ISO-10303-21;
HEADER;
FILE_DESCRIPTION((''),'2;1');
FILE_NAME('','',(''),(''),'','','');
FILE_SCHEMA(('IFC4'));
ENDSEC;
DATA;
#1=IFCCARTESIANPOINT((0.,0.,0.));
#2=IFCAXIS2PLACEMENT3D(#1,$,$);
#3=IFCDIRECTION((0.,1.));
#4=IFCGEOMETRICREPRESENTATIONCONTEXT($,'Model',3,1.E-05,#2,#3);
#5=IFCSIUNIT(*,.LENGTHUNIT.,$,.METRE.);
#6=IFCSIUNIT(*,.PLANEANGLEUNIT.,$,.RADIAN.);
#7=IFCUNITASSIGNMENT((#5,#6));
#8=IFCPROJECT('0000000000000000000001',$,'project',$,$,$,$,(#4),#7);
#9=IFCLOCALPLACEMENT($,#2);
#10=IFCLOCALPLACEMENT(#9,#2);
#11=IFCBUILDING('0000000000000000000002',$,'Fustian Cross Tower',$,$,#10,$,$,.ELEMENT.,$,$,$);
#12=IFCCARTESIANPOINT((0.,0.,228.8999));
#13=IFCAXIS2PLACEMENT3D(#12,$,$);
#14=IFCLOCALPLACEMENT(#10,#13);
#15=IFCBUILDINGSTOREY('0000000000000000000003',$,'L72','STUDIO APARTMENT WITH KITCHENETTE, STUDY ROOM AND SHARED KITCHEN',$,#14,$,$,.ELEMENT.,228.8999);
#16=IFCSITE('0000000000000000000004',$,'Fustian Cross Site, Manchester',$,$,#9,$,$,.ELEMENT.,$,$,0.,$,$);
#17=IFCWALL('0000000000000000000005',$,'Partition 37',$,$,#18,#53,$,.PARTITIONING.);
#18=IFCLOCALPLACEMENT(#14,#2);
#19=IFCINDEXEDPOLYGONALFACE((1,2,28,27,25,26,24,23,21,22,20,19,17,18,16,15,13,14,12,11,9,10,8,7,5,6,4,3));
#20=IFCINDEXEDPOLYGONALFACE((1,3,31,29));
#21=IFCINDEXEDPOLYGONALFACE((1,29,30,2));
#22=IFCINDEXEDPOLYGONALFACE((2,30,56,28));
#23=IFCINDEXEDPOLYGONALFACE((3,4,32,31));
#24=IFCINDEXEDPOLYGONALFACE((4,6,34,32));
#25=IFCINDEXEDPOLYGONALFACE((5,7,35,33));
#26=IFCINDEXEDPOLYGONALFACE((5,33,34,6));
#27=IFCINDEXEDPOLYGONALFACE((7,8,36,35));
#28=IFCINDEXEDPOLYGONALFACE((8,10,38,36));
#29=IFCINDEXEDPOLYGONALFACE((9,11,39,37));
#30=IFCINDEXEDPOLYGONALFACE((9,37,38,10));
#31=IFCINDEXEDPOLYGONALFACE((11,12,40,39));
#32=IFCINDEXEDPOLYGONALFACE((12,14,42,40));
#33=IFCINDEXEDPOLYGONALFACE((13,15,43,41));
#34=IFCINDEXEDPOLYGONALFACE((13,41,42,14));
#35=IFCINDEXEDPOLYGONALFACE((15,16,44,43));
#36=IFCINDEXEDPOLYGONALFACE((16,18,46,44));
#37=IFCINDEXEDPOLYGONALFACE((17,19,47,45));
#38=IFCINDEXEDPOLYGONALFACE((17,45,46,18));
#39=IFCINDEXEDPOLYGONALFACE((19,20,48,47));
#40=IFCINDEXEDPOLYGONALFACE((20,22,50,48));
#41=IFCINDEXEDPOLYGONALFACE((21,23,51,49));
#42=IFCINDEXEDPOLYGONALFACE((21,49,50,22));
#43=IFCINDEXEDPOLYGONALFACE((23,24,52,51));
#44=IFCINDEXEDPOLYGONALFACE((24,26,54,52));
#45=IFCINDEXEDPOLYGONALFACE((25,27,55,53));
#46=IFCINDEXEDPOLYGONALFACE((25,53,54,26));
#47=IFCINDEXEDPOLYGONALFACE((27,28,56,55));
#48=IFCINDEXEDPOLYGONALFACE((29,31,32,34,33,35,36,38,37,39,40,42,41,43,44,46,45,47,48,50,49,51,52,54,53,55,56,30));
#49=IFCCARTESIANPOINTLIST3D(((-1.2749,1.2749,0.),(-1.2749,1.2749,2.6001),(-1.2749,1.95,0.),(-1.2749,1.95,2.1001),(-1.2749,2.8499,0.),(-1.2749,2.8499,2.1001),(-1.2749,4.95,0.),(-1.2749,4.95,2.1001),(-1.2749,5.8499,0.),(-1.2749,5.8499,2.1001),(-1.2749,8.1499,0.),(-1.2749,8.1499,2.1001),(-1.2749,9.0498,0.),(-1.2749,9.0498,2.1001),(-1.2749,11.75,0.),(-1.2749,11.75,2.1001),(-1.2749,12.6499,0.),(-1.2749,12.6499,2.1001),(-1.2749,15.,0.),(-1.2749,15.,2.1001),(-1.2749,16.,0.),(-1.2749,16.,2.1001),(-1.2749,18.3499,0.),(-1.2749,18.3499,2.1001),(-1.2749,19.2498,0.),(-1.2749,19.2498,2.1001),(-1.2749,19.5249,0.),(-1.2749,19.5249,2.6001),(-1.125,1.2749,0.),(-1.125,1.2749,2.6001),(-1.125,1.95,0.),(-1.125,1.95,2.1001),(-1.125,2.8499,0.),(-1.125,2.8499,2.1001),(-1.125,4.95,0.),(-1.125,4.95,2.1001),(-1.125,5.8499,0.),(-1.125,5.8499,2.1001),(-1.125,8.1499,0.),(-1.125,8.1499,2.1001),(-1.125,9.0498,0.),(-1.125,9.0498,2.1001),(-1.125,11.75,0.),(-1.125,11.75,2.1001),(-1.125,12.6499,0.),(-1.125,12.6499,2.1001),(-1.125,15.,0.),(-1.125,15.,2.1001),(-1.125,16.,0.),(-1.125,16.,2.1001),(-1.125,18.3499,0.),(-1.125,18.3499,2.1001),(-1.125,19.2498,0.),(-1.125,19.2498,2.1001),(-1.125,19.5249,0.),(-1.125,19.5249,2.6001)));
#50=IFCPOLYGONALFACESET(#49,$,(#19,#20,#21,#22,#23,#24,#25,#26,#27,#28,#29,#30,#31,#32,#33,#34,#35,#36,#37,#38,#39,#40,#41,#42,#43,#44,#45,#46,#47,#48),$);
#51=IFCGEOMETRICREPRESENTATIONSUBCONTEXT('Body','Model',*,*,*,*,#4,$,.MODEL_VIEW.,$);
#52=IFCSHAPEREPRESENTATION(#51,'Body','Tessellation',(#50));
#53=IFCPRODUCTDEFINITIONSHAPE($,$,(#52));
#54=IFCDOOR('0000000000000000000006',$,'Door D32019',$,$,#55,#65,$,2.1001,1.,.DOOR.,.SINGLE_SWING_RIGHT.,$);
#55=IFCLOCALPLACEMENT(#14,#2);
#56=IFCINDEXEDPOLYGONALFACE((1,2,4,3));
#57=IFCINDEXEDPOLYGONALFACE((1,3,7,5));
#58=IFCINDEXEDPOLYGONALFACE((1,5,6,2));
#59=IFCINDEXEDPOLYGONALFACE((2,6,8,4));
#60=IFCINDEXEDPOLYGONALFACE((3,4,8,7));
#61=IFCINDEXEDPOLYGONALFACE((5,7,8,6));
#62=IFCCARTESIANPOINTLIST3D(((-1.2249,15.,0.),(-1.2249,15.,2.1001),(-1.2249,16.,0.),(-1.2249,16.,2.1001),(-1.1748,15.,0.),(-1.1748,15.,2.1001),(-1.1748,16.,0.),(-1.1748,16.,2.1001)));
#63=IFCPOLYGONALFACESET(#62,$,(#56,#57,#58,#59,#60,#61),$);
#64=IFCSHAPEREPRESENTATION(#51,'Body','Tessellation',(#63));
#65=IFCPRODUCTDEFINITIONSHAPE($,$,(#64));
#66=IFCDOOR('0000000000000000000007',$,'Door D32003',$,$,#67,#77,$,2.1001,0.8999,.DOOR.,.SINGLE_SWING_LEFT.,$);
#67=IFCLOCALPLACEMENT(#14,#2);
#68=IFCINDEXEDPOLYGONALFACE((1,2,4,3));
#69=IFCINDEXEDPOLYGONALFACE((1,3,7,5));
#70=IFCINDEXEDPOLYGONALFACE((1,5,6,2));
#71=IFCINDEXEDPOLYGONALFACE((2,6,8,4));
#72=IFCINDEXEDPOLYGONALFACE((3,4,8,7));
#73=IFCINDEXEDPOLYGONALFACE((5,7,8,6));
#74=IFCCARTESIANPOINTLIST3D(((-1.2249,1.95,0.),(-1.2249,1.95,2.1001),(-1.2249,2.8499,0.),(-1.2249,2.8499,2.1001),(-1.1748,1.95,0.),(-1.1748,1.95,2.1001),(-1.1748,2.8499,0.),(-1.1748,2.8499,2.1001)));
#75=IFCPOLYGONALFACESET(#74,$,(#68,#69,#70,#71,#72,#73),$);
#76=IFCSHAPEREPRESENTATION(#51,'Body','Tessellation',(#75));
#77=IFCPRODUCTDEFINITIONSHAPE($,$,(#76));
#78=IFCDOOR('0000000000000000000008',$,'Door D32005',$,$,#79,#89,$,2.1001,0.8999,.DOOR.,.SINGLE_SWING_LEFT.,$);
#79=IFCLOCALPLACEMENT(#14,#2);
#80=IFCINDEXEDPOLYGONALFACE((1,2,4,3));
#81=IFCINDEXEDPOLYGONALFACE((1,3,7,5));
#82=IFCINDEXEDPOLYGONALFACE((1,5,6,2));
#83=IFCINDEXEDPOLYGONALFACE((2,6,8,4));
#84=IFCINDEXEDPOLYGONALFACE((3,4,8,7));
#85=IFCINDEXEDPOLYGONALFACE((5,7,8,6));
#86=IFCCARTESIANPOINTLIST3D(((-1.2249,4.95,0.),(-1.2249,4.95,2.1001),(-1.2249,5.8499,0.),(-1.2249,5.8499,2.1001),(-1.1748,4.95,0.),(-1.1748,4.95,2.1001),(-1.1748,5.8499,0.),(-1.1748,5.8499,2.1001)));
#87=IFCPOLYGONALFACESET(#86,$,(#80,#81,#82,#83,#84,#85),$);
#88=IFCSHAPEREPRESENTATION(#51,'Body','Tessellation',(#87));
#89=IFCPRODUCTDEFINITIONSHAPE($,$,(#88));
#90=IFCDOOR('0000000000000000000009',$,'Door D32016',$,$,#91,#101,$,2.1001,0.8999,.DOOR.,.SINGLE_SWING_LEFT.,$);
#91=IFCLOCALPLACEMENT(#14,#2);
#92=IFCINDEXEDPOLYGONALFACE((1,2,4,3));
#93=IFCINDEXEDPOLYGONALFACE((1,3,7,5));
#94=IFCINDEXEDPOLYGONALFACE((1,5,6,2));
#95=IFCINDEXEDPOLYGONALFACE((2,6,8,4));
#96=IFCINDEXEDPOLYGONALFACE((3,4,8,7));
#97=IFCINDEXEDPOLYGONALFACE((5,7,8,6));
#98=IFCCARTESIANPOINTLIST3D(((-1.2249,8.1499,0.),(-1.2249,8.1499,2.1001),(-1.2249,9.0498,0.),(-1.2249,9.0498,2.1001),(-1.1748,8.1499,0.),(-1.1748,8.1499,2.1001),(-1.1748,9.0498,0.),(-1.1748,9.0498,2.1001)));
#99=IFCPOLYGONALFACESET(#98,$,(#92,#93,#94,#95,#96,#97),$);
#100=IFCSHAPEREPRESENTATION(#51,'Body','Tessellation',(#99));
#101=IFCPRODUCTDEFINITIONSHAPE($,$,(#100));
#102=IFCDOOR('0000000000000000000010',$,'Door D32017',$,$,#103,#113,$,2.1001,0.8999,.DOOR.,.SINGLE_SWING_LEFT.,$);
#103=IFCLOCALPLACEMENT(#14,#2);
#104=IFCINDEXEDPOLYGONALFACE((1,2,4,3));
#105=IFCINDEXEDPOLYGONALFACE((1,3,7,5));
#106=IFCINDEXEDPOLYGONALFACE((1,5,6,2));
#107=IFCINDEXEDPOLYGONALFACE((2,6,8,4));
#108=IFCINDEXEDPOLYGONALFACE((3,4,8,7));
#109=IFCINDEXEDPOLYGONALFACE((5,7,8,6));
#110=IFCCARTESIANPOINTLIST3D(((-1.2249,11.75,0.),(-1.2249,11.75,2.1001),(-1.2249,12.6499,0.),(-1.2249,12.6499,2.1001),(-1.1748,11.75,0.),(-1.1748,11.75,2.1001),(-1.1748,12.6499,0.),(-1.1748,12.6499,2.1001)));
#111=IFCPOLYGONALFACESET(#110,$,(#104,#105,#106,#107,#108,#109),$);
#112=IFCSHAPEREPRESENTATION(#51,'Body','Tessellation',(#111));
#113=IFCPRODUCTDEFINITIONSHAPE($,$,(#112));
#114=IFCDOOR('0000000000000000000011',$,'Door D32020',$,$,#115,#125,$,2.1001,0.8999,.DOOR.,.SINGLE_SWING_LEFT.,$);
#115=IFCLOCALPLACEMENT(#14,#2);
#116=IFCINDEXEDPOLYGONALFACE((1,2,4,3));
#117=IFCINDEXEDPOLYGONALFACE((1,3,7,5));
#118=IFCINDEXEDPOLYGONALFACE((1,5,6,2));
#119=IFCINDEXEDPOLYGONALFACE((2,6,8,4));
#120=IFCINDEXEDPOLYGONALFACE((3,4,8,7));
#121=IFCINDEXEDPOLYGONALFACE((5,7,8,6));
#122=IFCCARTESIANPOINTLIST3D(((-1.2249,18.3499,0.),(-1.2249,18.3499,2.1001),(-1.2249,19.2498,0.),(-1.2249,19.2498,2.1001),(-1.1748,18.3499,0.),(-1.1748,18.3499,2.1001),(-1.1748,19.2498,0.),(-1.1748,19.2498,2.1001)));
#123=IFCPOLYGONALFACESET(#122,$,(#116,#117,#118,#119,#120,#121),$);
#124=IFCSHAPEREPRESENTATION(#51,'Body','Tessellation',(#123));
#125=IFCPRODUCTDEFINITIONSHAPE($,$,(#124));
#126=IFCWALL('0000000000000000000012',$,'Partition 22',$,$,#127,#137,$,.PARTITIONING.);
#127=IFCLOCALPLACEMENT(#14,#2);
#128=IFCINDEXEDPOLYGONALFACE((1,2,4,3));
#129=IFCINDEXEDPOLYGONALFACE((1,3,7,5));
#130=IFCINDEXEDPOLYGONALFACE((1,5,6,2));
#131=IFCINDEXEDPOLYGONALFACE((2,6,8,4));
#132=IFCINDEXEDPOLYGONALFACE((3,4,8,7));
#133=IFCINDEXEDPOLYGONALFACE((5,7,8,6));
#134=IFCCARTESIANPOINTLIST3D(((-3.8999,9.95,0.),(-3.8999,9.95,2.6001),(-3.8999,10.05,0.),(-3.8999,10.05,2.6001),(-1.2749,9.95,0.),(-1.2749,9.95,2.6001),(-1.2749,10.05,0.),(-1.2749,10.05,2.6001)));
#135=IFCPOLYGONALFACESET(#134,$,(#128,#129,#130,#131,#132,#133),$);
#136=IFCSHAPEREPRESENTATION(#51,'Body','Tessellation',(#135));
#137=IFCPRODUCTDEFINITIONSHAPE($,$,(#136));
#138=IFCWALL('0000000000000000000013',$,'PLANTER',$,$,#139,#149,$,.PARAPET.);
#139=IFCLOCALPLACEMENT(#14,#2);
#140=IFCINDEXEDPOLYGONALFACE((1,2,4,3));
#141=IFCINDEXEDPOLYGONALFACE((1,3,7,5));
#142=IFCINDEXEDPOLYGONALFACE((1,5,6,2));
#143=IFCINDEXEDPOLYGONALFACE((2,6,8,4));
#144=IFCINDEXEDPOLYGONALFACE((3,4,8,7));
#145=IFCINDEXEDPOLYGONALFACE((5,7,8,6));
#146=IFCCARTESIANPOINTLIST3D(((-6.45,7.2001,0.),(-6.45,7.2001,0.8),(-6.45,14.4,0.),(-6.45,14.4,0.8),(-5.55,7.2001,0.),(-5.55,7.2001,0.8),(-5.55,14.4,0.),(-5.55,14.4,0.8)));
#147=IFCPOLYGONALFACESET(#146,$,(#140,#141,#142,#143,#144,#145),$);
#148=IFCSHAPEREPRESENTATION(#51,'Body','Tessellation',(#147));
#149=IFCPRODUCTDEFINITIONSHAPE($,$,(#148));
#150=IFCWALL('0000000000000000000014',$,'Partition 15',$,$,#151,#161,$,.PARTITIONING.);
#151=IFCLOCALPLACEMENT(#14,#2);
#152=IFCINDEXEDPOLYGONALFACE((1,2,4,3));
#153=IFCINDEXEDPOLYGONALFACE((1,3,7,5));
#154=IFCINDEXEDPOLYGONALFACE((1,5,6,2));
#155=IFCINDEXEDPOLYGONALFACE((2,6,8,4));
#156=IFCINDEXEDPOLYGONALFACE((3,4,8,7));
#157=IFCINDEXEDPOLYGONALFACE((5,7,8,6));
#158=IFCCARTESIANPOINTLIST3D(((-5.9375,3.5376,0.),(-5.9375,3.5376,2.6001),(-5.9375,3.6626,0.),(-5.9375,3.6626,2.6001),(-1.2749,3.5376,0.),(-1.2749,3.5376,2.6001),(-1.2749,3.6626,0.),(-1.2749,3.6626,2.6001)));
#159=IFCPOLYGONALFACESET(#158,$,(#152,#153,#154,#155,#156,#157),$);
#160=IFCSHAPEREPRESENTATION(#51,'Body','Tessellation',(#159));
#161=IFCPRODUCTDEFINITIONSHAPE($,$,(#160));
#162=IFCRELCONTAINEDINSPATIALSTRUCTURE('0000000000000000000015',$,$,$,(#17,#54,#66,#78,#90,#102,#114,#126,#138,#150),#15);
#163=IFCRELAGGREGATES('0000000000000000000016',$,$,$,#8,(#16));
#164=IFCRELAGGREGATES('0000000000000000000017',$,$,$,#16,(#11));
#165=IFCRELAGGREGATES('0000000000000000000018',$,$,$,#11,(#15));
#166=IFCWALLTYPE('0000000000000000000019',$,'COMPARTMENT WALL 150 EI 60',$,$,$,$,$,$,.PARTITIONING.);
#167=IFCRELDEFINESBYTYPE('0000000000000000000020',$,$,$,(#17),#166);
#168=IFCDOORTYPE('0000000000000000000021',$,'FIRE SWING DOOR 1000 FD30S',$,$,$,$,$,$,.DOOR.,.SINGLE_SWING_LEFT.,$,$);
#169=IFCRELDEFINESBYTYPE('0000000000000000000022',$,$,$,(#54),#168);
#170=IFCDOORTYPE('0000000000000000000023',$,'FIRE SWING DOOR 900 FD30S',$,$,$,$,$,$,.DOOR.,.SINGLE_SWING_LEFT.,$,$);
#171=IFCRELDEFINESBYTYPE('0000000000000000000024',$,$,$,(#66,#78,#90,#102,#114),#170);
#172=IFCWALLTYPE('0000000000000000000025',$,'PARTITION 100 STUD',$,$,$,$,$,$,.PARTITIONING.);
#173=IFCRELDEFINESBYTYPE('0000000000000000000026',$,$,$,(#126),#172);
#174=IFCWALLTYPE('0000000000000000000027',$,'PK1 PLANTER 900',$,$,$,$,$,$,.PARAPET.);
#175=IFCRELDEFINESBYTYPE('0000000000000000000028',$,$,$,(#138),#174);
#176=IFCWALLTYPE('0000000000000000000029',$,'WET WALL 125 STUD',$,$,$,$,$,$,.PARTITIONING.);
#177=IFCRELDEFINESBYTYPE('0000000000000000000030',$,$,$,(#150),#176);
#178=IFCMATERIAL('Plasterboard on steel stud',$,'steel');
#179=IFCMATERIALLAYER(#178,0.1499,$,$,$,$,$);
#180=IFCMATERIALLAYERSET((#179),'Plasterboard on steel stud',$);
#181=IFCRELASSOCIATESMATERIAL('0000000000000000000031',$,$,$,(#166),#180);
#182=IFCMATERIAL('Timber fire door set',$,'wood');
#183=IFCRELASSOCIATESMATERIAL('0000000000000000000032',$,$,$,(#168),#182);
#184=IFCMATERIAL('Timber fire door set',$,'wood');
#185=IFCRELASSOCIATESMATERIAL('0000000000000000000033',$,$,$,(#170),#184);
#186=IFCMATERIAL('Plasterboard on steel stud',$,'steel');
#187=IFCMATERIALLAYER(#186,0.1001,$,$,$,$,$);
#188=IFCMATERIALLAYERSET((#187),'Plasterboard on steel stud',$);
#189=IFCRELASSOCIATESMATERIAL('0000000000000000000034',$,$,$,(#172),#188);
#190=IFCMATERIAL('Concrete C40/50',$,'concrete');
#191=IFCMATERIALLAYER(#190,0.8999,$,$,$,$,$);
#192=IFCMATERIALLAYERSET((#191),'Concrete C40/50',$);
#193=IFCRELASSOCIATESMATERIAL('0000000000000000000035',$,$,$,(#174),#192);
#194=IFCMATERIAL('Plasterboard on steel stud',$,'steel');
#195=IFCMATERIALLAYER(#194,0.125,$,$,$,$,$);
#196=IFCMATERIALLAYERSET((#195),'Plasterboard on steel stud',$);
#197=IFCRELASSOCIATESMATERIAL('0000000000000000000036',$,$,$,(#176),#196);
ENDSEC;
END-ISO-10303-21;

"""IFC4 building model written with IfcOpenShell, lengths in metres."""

from ifc_helpers import new_model, si_unit, direction, frame, frame_2d, origin, place, context, subcontext, project, spatial, rectangle, extrude, material, layer, layer_set, type_object, element, fill, save


model = new_model("IFC4")

# Units and contexts
model_context = context("Model", 3, precision=1e-05, world=origin(), true_north=direction((0.0, 1.0)))
body_context = subcontext(model_context, "Body", "Model", "MODEL_VIEW")
ifc_project = project(units=[si_unit("LENGTHUNIT", "METRE"), si_unit("PLANEANGLEUNIT", "RADIAN")], contexts=[model_context])

# Site, building, storey
site_placement = place(None, origin())
site = spatial("IfcSite", under=ifc_project, at=site_placement, Name="Fustian Cross Site, Manchester", CompositionType="ELEMENT", RefElevation=0.0)
building_placement = place(site_placement, origin())
building = spatial("IfcBuilding", under=site, at=building_placement, Name="Fustian Cross Tower", CompositionType="ELEMENT")
storey_placement = place(building_placement, frame((0.0, 0.0, 228.8999)))
storey = spatial("IfcBuildingStorey", under=building, at=storey_placement, Name="L72", Description="STUDIO APARTMENT WITH KITCHENETTE, STUDY ROOM AND SHARED KITCHEN", CompositionType="ELEMENT", Elevation=228.8999)

# Wall, openings, doors
ifc_material_1 = material(Name="Plasterboard on steel stud", Category="steel")
ifc_layer_1 = layer(ifc_material_1, 0.1499)
ifc_layer_set_1 = layer_set([ifc_layer_1], Name="Plasterboard on steel stud")
wall_type_1 = type_object("IfcWallType", Name="COMPARTMENT WALL 150 EI 60", PredefinedType="PARTITIONING", material=ifc_layer_set_1)
wall_1_placement = place(storey_placement, frame((-1.2, 1.2749, 0.0), z_axis=(0.0, 0.0, 1.0), x_axis=(0.0, 1.0, 0.0)))
wall_1 = element("IfcWall", 1, at=wall_1_placement, inside=storey, type_object=wall_type_1, Name="Partition 37", PredefinedType="PARTITIONING", context=body_context, shape_type="SweptSolid", body=[
    extrude(rectangle(XDim=18.25, YDim=0.1499, at=frame_2d((9.125, 0.0))), origin(), (0.0, 0.0, 1.0), 2.6001),
])
opening_1_placement = place(wall_1_placement, frame((0.675, 0.0, 0.0)))
opening_1 = element("IfcOpeningElement", 2, at=opening_1_placement, cuts=wall_1, PredefinedType="OPENING", context=body_context, shape_type="SweptSolid", body=[
    extrude(rectangle(XDim=0.8999, YDim=2.1001, at=frame_2d((0.45, 1.05))), frame((0.0, 0.085, 0.0), z_axis=(0.0, -1.0, 0.0), x_axis=(1.0, 0.0, 0.0)), (0.0, 0.0, 1.0), 0.1699),
])
opening_2_placement = place(wall_1_placement, frame((3.675, 0.0, 0.0)))
opening_2 = element("IfcOpeningElement", 3, at=opening_2_placement, cuts=wall_1, PredefinedType="OPENING", context=body_context, shape_type="SweptSolid", body=[
    extrude(rectangle(XDim=0.8999, YDim=2.1001, at=frame_2d((0.45, 1.05))), frame((0.0, 0.085, 0.0), z_axis=(0.0, -1.0, 0.0), x_axis=(1.0, 0.0, 0.0)), (0.0, 0.0, 1.0), 0.1699),
])
opening_3_placement = place(wall_1_placement, frame((6.875, 0.0, 0.0)))
opening_3 = element("IfcOpeningElement", 4, at=opening_3_placement, cuts=wall_1, PredefinedType="OPENING", context=body_context, shape_type="SweptSolid", body=[
    extrude(rectangle(XDim=0.8999, YDim=2.1001, at=frame_2d((0.45, 1.05))), frame((0.0, 0.085, 0.0), z_axis=(0.0, -1.0, 0.0), x_axis=(1.0, 0.0, 0.0)), (0.0, 0.0, 1.0), 0.1699),
])
opening_4_placement = place(wall_1_placement, frame((10.4751, 0.0, 0.0)))
opening_4 = element("IfcOpeningElement", 5, at=opening_4_placement, cuts=wall_1, PredefinedType="OPENING", context=body_context, shape_type="SweptSolid", body=[
    extrude(rectangle(XDim=0.8999, YDim=2.1001, at=frame_2d((0.45, 1.05))), frame((0.0, 0.085, 0.0), z_axis=(0.0, -1.0, 0.0), x_axis=(1.0, 0.0, 0.0)), (0.0, 0.0, 1.0), 0.1699),
])
opening_5_placement = place(wall_1_placement, frame((13.7251, 0.0, 0.0)))
opening_5 = element("IfcOpeningElement", 6, at=opening_5_placement, cuts=wall_1, PredefinedType="OPENING", context=body_context, shape_type="SweptSolid", body=[
    extrude(rectangle(XDim=1.0, YDim=2.1001, at=frame_2d((0.5, 1.05))), frame((0.0, 0.085, 0.0), z_axis=(0.0, -1.0, 0.0), x_axis=(1.0, 0.0, 0.0)), (0.0, 0.0, 1.0), 0.1699),
])
opening_6_placement = place(wall_1_placement, frame((17.075, 0.0, 0.0)))
opening_6 = element("IfcOpeningElement", 7, at=opening_6_placement, cuts=wall_1, PredefinedType="OPENING", context=body_context, shape_type="SweptSolid", body=[
    extrude(rectangle(XDim=0.8999, YDim=2.1001, at=frame_2d((0.45, 1.05))), frame((0.0, 0.085, 0.0), z_axis=(0.0, -1.0, 0.0), x_axis=(1.0, 0.0, 0.0)), (0.0, 0.0, 1.0), 0.1699),
])
ifc_material_2 = material(Name="Timber fire door set", Category="wood")
door_type_1 = type_object("IfcDoorType", Name="FIRE SWING DOOR 1000 FD30S", OperationType="SINGLE_SWING_LEFT", PredefinedType="DOOR", material=ifc_material_2)
door_1_placement = place(opening_5_placement, origin())
door_1 = element("IfcDoor", 8, at=door_1_placement, inside=storey, type_object=door_type_1, Name="Door D32019", OperationType="SINGLE_SWING_RIGHT", OverallHeight=2.1001, OverallWidth=1.0, PredefinedType="DOOR", context=body_context, shape_type="SweptSolid", body=[
    extrude(rectangle(XDim=1.0, YDim=2.1001, at=frame_2d((0.5, 1.05))), frame((0.0, 0.0249, 0.0), z_axis=(0.0, -1.0, 0.0), x_axis=(1.0, 0.0, 0.0)), (0.0, 0.0, 1.0), 0.05),
])
fill(opening_5, door_1)
ifc_material_3 = material(Name="Timber fire door set", Category="wood")
door_type_2 = type_object("IfcDoorType", Name="FIRE SWING DOOR 900 FD30S", OperationType="SINGLE_SWING_LEFT", PredefinedType="DOOR", material=ifc_material_3)
door_2_placement = place(opening_1_placement, origin())
door_2 = element("IfcDoor", 9, at=door_2_placement, inside=storey, type_object=door_type_2, Name="Door D32003", OperationType="SINGLE_SWING_LEFT", OverallHeight=2.1001, OverallWidth=0.8999, PredefinedType="DOOR", context=body_context, shape_type="SweptSolid", body=[
    extrude(rectangle(XDim=0.8999, YDim=2.1001, at=frame_2d((0.45, 1.05))), frame((0.0, 0.0249, 0.0), z_axis=(0.0, -1.0, 0.0), x_axis=(1.0, 0.0, 0.0)), (0.0, 0.0, 1.0), 0.05),
])
fill(opening_1, door_2)
door_3_placement = place(opening_2_placement, origin())
door_3 = element("IfcDoor", 10, at=door_3_placement, inside=storey, type_object=door_type_2, Name="Door D32005", OperationType="SINGLE_SWING_LEFT", OverallHeight=2.1001, OverallWidth=0.8999, PredefinedType="DOOR", context=body_context, shape_type="SweptSolid", body=[
    extrude(rectangle(XDim=0.8999, YDim=2.1001, at=frame_2d((0.45, 1.05))), frame((0.0, 0.0249, 0.0), z_axis=(0.0, -1.0, 0.0), x_axis=(1.0, 0.0, 0.0)), (0.0, 0.0, 1.0), 0.05),
])
fill(opening_2, door_3)
door_4_placement = place(opening_3_placement, origin())
door_4 = element("IfcDoor", 11, at=door_4_placement, inside=storey, type_object=door_type_2, Name="Door D32016", OperationType="SINGLE_SWING_LEFT", OverallHeight=2.1001, OverallWidth=0.8999, PredefinedType="DOOR", context=body_context, shape_type="SweptSolid", body=[
    extrude(rectangle(XDim=0.8999, YDim=2.1001, at=frame_2d((0.45, 1.05))), frame((0.0, 0.0249, 0.0), z_axis=(0.0, -1.0, 0.0), x_axis=(1.0, 0.0, 0.0)), (0.0, 0.0, 1.0), 0.05),
])
fill(opening_3, door_4)
door_5_placement = place(opening_4_placement, origin())
door_5 = element("IfcDoor", 12, at=door_5_placement, inside=storey, type_object=door_type_2, Name="Door D32017", OperationType="SINGLE_SWING_LEFT", OverallHeight=2.1001, OverallWidth=0.8999, PredefinedType="DOOR", context=body_context, shape_type="SweptSolid", body=[
    extrude(rectangle(XDim=0.8999, YDim=2.1001, at=frame_2d((0.45, 1.05))), frame((0.0, 0.0249, 0.0), z_axis=(0.0, -1.0, 0.0), x_axis=(1.0, 0.0, 0.0)), (0.0, 0.0, 1.0), 0.05),
])
fill(opening_4, door_5)
door_6_placement = place(opening_6_placement, origin())
door_6 = element("IfcDoor", 13, at=door_6_placement, inside=storey, type_object=door_type_2, Name="Door D32020", OperationType="SINGLE_SWING_LEFT", OverallHeight=2.1001, OverallWidth=0.8999, PredefinedType="DOOR", context=body_context, shape_type="SweptSolid", body=[
    extrude(rectangle(XDim=0.8999, YDim=2.1001, at=frame_2d((0.45, 1.05))), frame((0.0, 0.0249, 0.0), z_axis=(0.0, -1.0, 0.0), x_axis=(1.0, 0.0, 0.0)), (0.0, 0.0, 1.0), 0.05),
])
fill(opening_6, door_6)

# Walls
ifc_material_4 = material(Name="Plasterboard on steel stud", Category="steel")
ifc_layer_2 = layer(ifc_material_4, 0.1001)
ifc_layer_set_2 = layer_set([ifc_layer_2], Name="Plasterboard on steel stud")
wall_type_2 = type_object("IfcWallType", Name="PARTITION 100 STUD", PredefinedType="PARTITIONING", material=ifc_layer_set_2)
wall_2_placement = place(storey_placement, frame((-3.8999, 10.0, 0.0), z_axis=(0.0, 0.0, 1.0), x_axis=(1.0, 0.0, 0.0)))
element("IfcWall", 14, at=wall_2_placement, inside=storey, type_object=wall_type_2, Name="Partition 22", PredefinedType="PARTITIONING", context=body_context, shape_type="SweptSolid", body=[
    extrude(rectangle(XDim=2.625, YDim=0.1001, at=frame_2d((1.3125, 0.0))), origin(), (0.0, 0.0, 1.0), 2.6001),
])
ifc_material_5 = material(Name="Concrete C40/50", Category="concrete")
ifc_layer_3 = layer(ifc_material_5, 0.8999)
ifc_layer_set_3 = layer_set([ifc_layer_3], Name="Concrete C40/50")
wall_type_3 = type_object("IfcWallType", Name="PK1 PLANTER 900", PredefinedType="PARAPET", material=ifc_layer_set_3)
wall_3_placement = place(storey_placement, frame((-6.0, 7.2, 0.0), z_axis=(0.0, 0.0, 1.0), x_axis=(0.0, 1.0, 0.0)))
element("IfcWall", 15, at=wall_3_placement, inside=storey, type_object=wall_type_3, Name="PLANTER", PredefinedType="PARAPET", context=body_context, shape_type="SweptSolid", body=[
    extrude(rectangle(XDim=7.2, YDim=0.8999, at=frame_2d((3.6001, 0.0))), origin(), (0.0, 0.0, 1.0), 0.8),
])
ifc_material_6 = material(Name="Plasterboard on steel stud", Category="steel")
ifc_layer_4 = layer(ifc_material_6, 0.125)
ifc_layer_set_4 = layer_set([ifc_layer_4], Name="Plasterboard on steel stud")
wall_type_4 = type_object("IfcWallType", Name="WET WALL 125 STUD", PredefinedType="PARTITIONING", material=ifc_layer_set_4)
wall_4_placement = place(storey_placement, frame((-5.9375, 3.6001, 0.0), z_axis=(0.0, 0.0, 1.0), x_axis=(1.0, 0.0, 0.0)))
element("IfcWall", 16, at=wall_4_placement, inside=storey, type_object=wall_type_4, Name="Partition 15", PredefinedType="PARTITIONING", context=body_context, shape_type="SweptSolid", body=[
    extrude(rectangle(XDim=4.6626, YDim=0.125, at=frame_2d((2.3313, 0.0))), origin(), (0.0, 0.0, 1.0), 2.6001),
])

save(model, "model.ifc")
